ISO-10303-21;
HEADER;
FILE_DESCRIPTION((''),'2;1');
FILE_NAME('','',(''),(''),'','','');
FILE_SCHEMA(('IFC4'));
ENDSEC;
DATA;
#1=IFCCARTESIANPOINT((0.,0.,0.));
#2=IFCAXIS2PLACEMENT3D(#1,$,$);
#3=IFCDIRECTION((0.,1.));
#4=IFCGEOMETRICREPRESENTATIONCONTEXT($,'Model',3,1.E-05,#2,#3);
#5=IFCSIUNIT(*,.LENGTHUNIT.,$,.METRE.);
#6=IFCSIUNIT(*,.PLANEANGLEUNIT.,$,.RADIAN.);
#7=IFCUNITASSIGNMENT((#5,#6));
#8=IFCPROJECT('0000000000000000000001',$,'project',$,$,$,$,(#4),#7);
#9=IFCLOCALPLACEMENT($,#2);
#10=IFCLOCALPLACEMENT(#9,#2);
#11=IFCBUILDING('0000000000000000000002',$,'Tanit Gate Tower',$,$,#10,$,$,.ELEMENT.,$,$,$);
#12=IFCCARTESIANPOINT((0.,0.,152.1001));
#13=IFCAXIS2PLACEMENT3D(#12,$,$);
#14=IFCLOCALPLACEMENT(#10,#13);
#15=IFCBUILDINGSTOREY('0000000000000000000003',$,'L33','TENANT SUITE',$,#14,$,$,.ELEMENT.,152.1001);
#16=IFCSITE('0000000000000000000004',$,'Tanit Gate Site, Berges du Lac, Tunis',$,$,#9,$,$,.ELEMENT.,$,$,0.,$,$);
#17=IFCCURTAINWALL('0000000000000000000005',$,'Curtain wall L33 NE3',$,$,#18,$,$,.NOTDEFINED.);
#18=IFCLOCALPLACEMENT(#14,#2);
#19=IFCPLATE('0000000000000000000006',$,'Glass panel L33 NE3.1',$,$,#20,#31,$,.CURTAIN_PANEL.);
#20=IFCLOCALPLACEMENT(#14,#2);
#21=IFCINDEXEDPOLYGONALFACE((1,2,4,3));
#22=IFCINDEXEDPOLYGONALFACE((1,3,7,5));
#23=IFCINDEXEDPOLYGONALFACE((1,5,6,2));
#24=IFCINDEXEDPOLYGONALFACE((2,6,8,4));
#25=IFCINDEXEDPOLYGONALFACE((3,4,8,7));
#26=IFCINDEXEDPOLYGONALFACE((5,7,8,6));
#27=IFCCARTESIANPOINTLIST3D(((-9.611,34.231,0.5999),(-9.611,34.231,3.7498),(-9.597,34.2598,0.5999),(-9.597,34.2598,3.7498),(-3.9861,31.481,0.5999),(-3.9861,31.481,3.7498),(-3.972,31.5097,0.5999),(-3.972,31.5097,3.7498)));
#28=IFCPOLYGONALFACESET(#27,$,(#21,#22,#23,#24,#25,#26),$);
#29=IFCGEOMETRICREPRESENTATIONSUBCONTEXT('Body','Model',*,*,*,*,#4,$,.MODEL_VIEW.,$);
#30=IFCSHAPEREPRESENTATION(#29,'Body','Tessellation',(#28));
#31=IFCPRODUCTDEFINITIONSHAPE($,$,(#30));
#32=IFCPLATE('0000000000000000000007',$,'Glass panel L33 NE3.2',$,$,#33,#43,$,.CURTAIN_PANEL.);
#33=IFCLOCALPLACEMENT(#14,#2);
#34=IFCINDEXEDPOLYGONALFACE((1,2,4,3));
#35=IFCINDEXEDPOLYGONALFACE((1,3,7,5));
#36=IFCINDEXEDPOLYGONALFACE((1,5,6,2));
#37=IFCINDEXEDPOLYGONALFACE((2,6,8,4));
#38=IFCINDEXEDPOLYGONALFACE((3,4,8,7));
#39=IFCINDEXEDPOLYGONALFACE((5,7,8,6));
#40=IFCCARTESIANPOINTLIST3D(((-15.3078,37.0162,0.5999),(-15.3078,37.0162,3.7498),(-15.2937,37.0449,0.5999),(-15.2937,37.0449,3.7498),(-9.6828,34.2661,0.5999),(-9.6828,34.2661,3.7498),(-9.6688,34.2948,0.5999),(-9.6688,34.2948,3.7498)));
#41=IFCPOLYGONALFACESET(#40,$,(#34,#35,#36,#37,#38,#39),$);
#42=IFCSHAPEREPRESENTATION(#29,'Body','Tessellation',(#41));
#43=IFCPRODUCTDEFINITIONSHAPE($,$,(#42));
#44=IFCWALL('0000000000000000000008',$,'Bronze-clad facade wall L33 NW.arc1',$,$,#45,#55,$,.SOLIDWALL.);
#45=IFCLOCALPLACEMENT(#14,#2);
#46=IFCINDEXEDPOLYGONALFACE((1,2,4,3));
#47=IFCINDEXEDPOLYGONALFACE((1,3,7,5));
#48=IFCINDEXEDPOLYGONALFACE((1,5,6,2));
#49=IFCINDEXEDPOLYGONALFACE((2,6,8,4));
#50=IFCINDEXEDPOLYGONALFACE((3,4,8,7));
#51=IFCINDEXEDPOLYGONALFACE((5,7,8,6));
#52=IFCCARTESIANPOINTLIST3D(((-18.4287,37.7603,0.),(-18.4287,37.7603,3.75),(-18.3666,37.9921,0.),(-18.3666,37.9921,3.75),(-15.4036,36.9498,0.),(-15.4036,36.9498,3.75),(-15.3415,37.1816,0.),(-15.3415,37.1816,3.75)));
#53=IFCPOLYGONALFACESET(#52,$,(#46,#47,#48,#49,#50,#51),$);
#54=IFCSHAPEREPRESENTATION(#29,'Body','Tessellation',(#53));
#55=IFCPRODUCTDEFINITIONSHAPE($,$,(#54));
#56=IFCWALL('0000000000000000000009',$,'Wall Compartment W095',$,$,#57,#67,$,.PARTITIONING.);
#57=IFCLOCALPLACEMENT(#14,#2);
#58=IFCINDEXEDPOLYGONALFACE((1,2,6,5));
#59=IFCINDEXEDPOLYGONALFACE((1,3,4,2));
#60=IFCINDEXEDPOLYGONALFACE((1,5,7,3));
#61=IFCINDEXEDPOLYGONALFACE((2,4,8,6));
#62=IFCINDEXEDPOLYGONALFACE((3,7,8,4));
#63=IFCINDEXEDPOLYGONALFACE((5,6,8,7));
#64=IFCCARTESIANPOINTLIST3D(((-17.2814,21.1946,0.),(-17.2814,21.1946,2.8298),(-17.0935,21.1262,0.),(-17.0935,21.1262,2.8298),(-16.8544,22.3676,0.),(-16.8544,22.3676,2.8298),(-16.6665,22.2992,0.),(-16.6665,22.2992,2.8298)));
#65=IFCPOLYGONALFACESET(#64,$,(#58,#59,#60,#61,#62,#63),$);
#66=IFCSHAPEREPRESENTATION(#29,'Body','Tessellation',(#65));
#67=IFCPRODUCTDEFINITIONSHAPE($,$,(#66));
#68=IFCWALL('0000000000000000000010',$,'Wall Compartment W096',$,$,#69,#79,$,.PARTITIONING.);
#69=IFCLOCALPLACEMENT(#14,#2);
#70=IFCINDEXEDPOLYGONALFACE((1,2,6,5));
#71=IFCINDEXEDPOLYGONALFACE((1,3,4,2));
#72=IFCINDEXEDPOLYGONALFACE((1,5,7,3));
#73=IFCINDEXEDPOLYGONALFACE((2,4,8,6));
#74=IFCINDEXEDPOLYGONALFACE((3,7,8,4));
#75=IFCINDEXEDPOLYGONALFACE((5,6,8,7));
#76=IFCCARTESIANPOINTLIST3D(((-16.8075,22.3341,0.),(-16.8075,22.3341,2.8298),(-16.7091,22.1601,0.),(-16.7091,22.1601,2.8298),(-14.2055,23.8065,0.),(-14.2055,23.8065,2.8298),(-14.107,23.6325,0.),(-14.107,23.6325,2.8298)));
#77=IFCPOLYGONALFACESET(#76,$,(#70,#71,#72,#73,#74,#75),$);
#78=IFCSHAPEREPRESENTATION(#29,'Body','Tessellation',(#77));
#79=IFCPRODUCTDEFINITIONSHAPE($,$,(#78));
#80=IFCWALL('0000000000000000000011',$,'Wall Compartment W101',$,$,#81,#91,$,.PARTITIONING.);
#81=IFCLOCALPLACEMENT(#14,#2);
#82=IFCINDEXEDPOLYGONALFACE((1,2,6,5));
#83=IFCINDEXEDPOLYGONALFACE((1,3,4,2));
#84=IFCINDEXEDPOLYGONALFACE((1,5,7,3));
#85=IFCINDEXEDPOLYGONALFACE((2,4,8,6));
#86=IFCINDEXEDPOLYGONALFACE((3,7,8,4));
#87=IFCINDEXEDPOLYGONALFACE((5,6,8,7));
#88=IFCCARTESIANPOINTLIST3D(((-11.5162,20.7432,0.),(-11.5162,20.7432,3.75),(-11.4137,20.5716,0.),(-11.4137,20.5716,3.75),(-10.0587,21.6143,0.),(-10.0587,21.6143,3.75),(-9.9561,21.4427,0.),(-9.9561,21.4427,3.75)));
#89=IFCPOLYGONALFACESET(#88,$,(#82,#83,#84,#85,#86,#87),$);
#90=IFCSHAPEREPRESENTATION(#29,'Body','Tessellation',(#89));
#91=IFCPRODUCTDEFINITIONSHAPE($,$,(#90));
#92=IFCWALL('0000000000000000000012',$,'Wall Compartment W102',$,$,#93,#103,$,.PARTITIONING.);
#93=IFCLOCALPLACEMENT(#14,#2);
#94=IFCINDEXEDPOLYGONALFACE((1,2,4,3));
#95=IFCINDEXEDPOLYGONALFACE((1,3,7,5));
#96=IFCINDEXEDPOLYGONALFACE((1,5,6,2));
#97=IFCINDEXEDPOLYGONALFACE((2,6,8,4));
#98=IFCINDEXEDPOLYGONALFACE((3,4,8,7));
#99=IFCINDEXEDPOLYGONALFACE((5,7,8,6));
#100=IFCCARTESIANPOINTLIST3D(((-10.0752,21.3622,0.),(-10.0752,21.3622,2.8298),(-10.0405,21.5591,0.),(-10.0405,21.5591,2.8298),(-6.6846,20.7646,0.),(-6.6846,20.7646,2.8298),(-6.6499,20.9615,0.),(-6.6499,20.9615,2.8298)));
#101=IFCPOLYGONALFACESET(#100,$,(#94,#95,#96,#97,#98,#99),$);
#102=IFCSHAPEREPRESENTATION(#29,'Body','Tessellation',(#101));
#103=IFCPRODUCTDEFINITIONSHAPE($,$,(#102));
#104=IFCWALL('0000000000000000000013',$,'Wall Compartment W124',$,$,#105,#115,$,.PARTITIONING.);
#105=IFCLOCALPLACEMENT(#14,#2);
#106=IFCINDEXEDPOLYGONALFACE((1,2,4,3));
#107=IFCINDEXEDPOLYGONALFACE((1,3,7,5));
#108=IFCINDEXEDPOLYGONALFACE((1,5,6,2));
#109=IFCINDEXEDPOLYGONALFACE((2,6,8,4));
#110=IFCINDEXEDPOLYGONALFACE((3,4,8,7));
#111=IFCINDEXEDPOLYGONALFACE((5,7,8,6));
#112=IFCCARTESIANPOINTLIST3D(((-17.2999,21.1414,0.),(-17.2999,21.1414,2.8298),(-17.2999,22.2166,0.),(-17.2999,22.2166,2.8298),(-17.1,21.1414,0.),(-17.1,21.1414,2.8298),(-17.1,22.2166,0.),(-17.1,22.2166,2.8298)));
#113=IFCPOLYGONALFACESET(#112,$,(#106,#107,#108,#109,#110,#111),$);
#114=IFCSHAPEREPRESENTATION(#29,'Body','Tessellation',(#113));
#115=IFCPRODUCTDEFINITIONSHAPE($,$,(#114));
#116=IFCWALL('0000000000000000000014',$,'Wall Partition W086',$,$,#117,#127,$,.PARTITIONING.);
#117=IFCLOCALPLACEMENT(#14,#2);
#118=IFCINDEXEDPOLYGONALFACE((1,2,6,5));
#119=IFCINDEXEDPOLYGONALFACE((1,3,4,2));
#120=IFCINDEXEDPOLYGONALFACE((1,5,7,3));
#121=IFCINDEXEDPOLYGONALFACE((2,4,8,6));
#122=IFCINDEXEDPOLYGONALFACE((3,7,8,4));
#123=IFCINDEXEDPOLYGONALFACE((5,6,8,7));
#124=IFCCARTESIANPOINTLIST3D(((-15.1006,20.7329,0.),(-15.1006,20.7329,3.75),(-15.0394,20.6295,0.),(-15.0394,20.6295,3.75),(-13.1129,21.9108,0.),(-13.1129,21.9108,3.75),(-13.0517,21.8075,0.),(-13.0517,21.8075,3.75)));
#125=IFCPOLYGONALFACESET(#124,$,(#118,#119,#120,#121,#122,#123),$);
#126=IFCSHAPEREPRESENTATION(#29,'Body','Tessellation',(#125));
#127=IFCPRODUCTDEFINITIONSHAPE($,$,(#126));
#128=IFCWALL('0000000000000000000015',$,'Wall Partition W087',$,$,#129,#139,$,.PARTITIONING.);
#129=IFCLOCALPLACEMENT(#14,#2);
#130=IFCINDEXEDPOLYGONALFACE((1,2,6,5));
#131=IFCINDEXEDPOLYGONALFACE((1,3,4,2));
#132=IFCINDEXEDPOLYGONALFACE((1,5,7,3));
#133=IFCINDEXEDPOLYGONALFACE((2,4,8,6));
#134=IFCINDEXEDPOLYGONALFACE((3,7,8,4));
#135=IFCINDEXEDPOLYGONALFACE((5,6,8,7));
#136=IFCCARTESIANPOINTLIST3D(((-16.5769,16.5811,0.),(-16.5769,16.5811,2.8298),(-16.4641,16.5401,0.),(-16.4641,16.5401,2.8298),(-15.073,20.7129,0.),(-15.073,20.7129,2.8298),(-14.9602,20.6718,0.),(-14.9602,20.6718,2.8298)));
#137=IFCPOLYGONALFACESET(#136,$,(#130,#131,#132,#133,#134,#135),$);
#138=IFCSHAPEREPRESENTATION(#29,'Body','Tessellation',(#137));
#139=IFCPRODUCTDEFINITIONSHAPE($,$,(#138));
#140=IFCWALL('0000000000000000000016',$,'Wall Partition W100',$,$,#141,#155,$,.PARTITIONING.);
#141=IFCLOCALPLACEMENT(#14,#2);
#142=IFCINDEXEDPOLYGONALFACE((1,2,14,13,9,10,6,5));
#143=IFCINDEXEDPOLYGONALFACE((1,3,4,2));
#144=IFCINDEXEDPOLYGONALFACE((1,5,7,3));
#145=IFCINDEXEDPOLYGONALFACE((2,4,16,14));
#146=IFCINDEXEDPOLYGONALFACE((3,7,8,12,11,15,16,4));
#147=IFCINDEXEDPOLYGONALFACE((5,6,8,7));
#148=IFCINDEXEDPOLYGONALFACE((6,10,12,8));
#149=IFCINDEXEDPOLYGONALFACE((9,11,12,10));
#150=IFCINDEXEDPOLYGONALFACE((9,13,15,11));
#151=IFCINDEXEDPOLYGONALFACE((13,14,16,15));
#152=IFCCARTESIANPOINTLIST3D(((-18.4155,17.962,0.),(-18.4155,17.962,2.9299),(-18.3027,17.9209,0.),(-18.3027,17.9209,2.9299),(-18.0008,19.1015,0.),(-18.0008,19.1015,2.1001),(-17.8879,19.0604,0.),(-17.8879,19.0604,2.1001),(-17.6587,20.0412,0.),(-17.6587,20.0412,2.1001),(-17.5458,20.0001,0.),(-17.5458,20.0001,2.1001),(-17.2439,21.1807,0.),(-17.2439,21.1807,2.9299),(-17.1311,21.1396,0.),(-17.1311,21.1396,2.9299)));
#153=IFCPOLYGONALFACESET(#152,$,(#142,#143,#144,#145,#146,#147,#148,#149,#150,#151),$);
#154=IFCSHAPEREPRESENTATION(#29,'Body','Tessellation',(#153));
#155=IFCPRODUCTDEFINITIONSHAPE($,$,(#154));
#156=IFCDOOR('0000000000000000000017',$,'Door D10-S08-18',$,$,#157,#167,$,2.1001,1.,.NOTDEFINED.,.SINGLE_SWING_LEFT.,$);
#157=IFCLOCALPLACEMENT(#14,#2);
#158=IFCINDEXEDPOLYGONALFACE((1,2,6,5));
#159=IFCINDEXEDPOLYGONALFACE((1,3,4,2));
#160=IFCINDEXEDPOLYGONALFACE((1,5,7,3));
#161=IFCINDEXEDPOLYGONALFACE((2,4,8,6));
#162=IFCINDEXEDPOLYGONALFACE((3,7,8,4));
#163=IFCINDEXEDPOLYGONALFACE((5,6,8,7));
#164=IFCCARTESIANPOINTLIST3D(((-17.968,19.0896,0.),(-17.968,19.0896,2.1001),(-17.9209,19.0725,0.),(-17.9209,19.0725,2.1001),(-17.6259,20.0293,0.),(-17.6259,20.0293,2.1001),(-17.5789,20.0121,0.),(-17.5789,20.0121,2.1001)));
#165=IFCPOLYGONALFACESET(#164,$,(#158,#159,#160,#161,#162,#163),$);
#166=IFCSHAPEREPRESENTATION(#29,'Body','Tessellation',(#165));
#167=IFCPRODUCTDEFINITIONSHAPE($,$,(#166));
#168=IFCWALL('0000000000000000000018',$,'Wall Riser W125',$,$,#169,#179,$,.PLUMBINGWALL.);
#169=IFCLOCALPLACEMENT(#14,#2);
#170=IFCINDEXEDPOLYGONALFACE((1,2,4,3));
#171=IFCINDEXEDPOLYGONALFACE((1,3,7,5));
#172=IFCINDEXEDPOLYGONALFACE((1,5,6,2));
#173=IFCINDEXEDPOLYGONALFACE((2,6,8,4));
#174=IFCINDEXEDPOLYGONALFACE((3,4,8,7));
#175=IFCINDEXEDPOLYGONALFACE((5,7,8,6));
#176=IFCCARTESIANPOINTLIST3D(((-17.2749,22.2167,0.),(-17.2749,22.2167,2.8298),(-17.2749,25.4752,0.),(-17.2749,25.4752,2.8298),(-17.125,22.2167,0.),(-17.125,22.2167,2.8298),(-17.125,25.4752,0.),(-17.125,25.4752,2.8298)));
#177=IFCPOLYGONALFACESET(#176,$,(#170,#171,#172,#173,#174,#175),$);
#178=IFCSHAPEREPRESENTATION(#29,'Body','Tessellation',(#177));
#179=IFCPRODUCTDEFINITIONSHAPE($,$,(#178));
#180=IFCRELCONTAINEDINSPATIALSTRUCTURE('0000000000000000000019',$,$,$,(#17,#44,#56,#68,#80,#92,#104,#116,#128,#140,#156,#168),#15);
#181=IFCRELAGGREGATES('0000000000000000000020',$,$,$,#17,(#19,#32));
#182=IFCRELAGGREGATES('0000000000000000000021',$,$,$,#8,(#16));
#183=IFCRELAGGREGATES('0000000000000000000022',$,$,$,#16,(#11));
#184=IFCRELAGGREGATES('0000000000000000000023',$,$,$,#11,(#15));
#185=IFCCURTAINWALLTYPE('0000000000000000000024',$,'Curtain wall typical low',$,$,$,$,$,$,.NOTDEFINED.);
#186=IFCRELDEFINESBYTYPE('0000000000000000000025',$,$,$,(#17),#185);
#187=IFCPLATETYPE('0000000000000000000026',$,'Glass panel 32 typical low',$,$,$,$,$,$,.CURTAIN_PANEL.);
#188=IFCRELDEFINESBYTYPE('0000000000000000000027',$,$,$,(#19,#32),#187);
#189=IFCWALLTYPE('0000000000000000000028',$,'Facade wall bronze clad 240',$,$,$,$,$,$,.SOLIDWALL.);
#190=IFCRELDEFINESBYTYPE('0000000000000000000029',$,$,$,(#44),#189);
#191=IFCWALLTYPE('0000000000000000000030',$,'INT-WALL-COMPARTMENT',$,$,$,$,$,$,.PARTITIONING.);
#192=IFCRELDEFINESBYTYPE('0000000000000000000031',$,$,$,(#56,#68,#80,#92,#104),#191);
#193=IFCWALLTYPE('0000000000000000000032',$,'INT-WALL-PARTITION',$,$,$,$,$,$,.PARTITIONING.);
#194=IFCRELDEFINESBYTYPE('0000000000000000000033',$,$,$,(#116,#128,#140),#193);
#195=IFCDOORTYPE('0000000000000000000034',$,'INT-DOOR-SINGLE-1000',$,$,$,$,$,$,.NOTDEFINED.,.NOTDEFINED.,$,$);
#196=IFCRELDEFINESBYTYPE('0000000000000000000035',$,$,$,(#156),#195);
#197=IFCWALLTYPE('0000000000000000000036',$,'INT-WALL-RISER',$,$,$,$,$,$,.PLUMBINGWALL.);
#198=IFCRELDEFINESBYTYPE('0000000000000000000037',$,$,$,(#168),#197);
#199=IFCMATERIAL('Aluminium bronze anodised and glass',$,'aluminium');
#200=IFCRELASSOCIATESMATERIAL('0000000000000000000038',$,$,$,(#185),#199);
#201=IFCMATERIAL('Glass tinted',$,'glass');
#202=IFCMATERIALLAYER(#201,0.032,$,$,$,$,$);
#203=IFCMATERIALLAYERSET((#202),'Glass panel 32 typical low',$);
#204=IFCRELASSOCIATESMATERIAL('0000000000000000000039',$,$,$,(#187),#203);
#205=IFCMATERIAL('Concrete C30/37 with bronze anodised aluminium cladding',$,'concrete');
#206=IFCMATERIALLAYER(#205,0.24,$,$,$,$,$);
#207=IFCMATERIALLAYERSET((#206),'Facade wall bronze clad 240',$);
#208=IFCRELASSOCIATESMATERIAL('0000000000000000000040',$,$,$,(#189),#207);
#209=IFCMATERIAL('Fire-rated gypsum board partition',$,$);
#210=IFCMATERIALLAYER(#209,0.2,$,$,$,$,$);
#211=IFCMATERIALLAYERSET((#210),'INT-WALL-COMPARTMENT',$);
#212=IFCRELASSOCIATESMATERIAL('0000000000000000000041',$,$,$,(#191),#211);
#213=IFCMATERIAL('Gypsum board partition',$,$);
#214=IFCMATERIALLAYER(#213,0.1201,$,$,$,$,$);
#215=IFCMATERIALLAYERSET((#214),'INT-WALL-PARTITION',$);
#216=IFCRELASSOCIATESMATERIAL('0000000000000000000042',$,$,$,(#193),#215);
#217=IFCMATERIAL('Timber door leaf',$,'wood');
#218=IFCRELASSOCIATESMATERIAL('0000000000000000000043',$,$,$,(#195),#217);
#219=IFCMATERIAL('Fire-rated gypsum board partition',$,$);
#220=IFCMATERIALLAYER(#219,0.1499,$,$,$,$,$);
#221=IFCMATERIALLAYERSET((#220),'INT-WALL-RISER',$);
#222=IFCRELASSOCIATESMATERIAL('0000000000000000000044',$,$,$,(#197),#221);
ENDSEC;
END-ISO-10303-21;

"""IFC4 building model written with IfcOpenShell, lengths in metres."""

from ifc_helpers import new_model, si_unit, direction, frame, frame_2d, origin, origin_2d, place, context, subcontext, project, spatial, rectangle, extrude, material, layer, layer_set, type_object, element, fill, aggregate, save


model = new_model("IFC4")

# Units and contexts
model_context = context("Model", 3, precision=1e-05, world=origin(), true_north=direction((0.0, 1.0)))
body_context = subcontext(model_context, "Body", "Model", "MODEL_VIEW")
ifc_project = project(units=[si_unit("LENGTHUNIT", "METRE"), si_unit("PLANEANGLEUNIT", "RADIAN")], contexts=[model_context])

# Site, building, storey
site_placement = place(None, origin())
site = spatial("IfcSite", under=ifc_project, at=site_placement, Name="Tanit Gate Site, Berges du Lac, Tunis", CompositionType="ELEMENT", RefElevation=0.0)
building_placement = place(site_placement, origin())
building = spatial("IfcBuilding", under=site, at=building_placement, Name="Tanit Gate Tower", CompositionType="ELEMENT")
storey_placement = place(building_placement, frame((0.0, 0.0, 152.1001)))
storey = spatial("IfcBuildingStorey", under=building, at=storey_placement, Name="L33", Description="TENANT SUITE", CompositionType="ELEMENT", Elevation=152.1001)

# Curtain wall
ifc_material_1 = material(Name="Aluminium bronze anodised and glass", Category="aluminium")
curtain_wall_type = type_object("IfcCurtainWallType", Name="Curtain wall typical low", PredefinedType="NOTDEFINED", material=ifc_material_1)
curtain_wall_placement = place(storey_placement, origin())
curtain_wall = element("IfcCurtainWall", 1, at=curtain_wall_placement, inside=storey, type_object=curtain_wall_type, Name="Curtain wall L33 NE3", PredefinedType="NOTDEFINED")

# Plates
ifc_material_2 = material(Name="Glass tinted", Category="glass")
ifc_layer_1 = layer(ifc_material_2, 0.032)
ifc_layer_set_1 = layer_set([ifc_layer_1], Name="Glass panel 32 typical low")
plate_type = type_object("IfcPlateType", Name="Glass panel 32 typical low", PredefinedType="CURTAIN_PANEL", material=ifc_layer_set_1)
plate_1_placement = place(storey_placement, frame((-6.7915, 32.8704, 0.5999), z_axis=(0.0, 0.0, 1.0), x_axis=(-0.898379, 0.439222, 0.0)))
plate_1 = element("IfcPlate", 2, at=plate_1_placement, type_object=plate_type, Name="Glass panel L33 NE3.1", PredefinedType="CURTAIN_PANEL", context=body_context, shape_type="SweptSolid", body=[
    extrude(rectangle(XDim=6.2612, YDim=0.032, at=origin_2d()), origin(), (0.0, 0.0, 1.0), 3.1499),
])
plate_2_placement = place(storey_placement, frame((-12.4883, 35.6555, 0.5999), z_axis=(0.0, 0.0, 1.0), x_axis=(-0.898379, 0.439222, 0.0)))
plate_2 = element("IfcPlate", 3, at=plate_2_placement, type_object=plate_type, Name="Glass panel L33 NE3.2", PredefinedType="CURTAIN_PANEL", context=body_context, shape_type="SweptSolid", body=[
    extrude(rectangle(XDim=6.2612, YDim=0.032, at=origin_2d()), origin(), (0.0, 0.0, 1.0), 3.1499),
])
aggregate(curtain_wall, [plate_1, plate_2])

# Walls
ifc_material_3 = material(Name="Concrete C30/37 with bronze anodised aluminium cladding", Category="concrete")
ifc_layer_2 = layer(ifc_material_3, 0.24)
ifc_layer_set_2 = layer_set([ifc_layer_2], Name="Facade wall bronze clad 240")
wall_type_1 = type_object("IfcWallType", Name="Facade wall bronze clad 240", PredefinedType="SOLIDWALL", material=ifc_layer_set_2)
wall_1_placement = place(storey_placement, frame((-15.3726, 37.0657, 0.0), z_axis=(0.0, 0.0, 1.0), x_axis=(-0.965929, 0.258808, 0.0)))
element("IfcWall", 4, at=wall_1_placement, inside=storey, type_object=wall_type_1, Name="Bronze-clad facade wall L33 NW.arc1", PredefinedType="SOLIDWALL", context=body_context, shape_type="SweptSolid", body=[
    extrude(rectangle(XDim=3.1318, YDim=0.24, at=frame_2d((1.5659, 0.0))), origin(), (0.0, 0.0, 1.0), 3.75),
])
ifc_material_4 = material(Name="Fire-rated gypsum board partition")
ifc_layer_3 = layer(ifc_material_4, 0.2)
ifc_layer_set_3 = layer_set([ifc_layer_3], Name="INT-WALL-COMPARTMENT")
wall_type_2 = type_object("IfcWallType", Name="INT-WALL-COMPARTMENT", PredefinedType="PARTITIONING", material=ifc_layer_set_3)
wall_2_placement = place(storey_placement, frame((-16.7605, 22.3333, 0.0), z_axis=(0.0, 0.0, 1.0), x_axis=(-0.342041, -0.939685, 0.0)))
element("IfcWall", 5, at=wall_2_placement, inside=storey, type_object=wall_type_2, Name="Wall Compartment W095", PredefinedType="PARTITIONING", context=body_context, shape_type="SweptSolid", body=[
    extrude(rectangle(XDim=1.2483, YDim=0.2, at=frame_2d((0.624, 0.0))), origin(), (0.0, 0.0, 1.0), 2.8298),
])
wall_3_placement = place(storey_placement, frame((-14.1562, 23.7195, 0.0), z_axis=(0.0, 0.0, 1.0), x_axis=(-0.870321, -0.492485, 0.0)))
element("IfcWall", 6, at=wall_3_placement, inside=storey, type_object=wall_type_2, Name="Wall Compartment W096", PredefinedType="PARTITIONING", context=body_context, shape_type="SweptSolid", body=[
    extrude(rectangle(XDim=2.9897, YDim=0.2, at=frame_2d((1.4949, 0.0))), origin(), (0.0, 0.0, 1.0), 2.8298),
])
wall_4_placement = place(storey_placement, frame((-10.0073, 21.5286, 0.0), z_axis=(0.0, 0.0, 1.0), x_axis=(-0.85838, -0.513015, 0.0)))
element("IfcWall", 7, at=wall_4_placement, inside=storey, type_object=wall_type_2, Name="Wall Compartment W101", PredefinedType="PARTITIONING", context=body_context, shape_type="SweptSolid", body=[
    extrude(rectangle(XDim=1.698, YDim=0.2, at=frame_2d((0.8491, 0.0))), origin(), (0.0, 0.0, 1.0), 3.75),
])
wall_5_placement = place(storey_placement, frame((-6.6672, 20.863, 0.0), z_axis=(0.0, 0.0, 1.0), x_axis=(-0.984818, 0.173591, 0.0)))
element("IfcWall", 8, at=wall_5_placement, inside=storey, type_object=wall_type_2, Name="Wall Compartment W102", PredefinedType="PARTITIONING", context=body_context, shape_type="SweptSolid", body=[
    extrude(rectangle(XDim=3.4429, YDim=0.2, at=frame_2d((1.7214, 0.0))), origin(), (0.0, 0.0, 1.0), 2.8298),
])
wall_6_placement = place(storey_placement, frame((-17.2, 21.1414, 0.0), z_axis=(0.0, 0.0, 1.0), x_axis=(0.0, 1.0, 0.0)))
element("IfcWall", 9, at=wall_6_placement, inside=storey, type_object=wall_type_2, Name="Wall Compartment W124", PredefinedType="PARTITIONING", context=body_context, shape_type="SweptSolid", body=[
    extrude(rectangle(XDim=1.0752, YDim=0.2, at=frame_2d((0.5376, 0.0))), origin(), (0.0, 0.0, 1.0), 2.8298),
])
ifc_material_5 = material(Name="Gypsum board partition")
ifc_layer_4 = layer(ifc_material_5, 0.1201)
ifc_layer_set_4 = layer_set([ifc_layer_4], Name="INT-WALL-PARTITION")
wall_type_3 = type_object("IfcWallType", Name="INT-WALL-PARTITION", PredefinedType="PARTITIONING", material=ifc_layer_set_4)
wall_7_placement = place(storey_placement, frame((-13.0823, 21.8591, 0.0), z_axis=(0.0, 0.0, 1.0), x_axis=(-0.860286, -0.509811, 0.0)))
element("IfcWall", 10, at=wall_7_placement, inside=storey, type_object=wall_type_3, Name="Wall Partition W086", PredefinedType="PARTITIONING", context=body_context, shape_type="SweptSolid", body=[
    extrude(rectangle(XDim=2.3105, YDim=0.1201, at=frame_2d((1.1553, 0.0))), origin(), (0.0, 0.0, 1.0), 3.75),
])
wall_8_placement = place(storey_placement, frame((-15.0166, 20.6924, 0.0), z_axis=(0.0, 0.0, 1.0), x_axis=(-0.342028, -0.93969, 0.0)))
element("IfcWall", 11, at=wall_8_placement, inside=storey, type_object=wall_type_3, Name="Wall Partition W087", PredefinedType="PARTITIONING", context=body_context, shape_type="SweptSolid", body=[
    extrude(rectangle(XDim=4.397, YDim=0.1201, at=frame_2d((2.1985, 0.0))), origin(), (0.0, 0.0, 1.0), 2.8298),
])

# Wall, opening, door
wall_9_placement = place(storey_placement, frame((-17.1875, 21.1602, 0.0), z_axis=(0.0, 0.0, 1.0), x_axis=(-0.342046, -0.939683, 0.0)))
wall_9 = element("IfcWall", 12, at=wall_9_placement, inside=storey, type_object=wall_type_3, Name="Wall Partition W100", PredefinedType="PARTITIONING", context=body_context, shape_type="SweptSolid", body=[
    extrude(rectangle(XDim=3.4253, YDim=0.1201, at=frame_2d((1.7126, 0.0))), origin(), (0.0, 0.0, 1.0), 2.9299),
])
opening_1_placement = place(wall_9_placement, frame((1.2126, 0.0, 0.0)))
opening_1 = element("IfcOpeningElement", 13, at=opening_1_placement, cuts=wall_9, PredefinedType="OPENING", context=body_context, shape_type="SweptSolid", body=[
    extrude(rectangle(XDim=1.0, YDim=2.1001, at=frame_2d((0.5, 1.05))), frame((0.0, 0.0701, 0.0), z_axis=(0.0, -1.0, 0.0), x_axis=(1.0, 0.0, 0.0)), (0.0, 0.0, 1.0), 0.1401),
])
ifc_material_6 = material(Name="Timber door leaf", Category="wood")
door_type_1 = type_object("IfcDoorType", Name="INT-DOOR-SINGLE-1000", OperationType="NOTDEFINED", PredefinedType="NOTDEFINED", material=ifc_material_6)
door_1_placement = place(opening_1_placement, origin())
door_1 = element("IfcDoor", 14, at=door_1_placement, inside=storey, type_object=door_type_1, Name="Door D10-S08-18", OperationType="SINGLE_SWING_LEFT", OverallHeight=2.1001, OverallWidth=1.0, PredefinedType="NOTDEFINED", context=body_context, shape_type="SweptSolid", body=[
    extrude(rectangle(XDim=1.0, YDim=2.1001, at=frame_2d((0.5, 1.05))), frame((0.0, 0.0249, 0.0), z_axis=(0.0, -1.0, 0.0), x_axis=(1.0, 0.0, 0.0)), (0.0, 0.0, 1.0), 0.05),
])
fill(opening_1, door_1)

# Wall
ifc_material_7 = material(Name="Fire-rated gypsum board partition")
ifc_layer_5 = layer(ifc_material_7, 0.1499)
ifc_layer_set_5 = layer_set([ifc_layer_5], Name="INT-WALL-RISER")
wall_type_4 = type_object("IfcWallType", Name="INT-WALL-RISER", PredefinedType="PLUMBINGWALL", material=ifc_layer_set_5)
wall_10_placement = place(storey_placement, frame((-17.2, 22.2166, 0.0), z_axis=(0.0, 0.0, 1.0), x_axis=(0.0, 1.0, 0.0)))
element("IfcWall", 15, at=wall_10_placement, inside=storey, type_object=wall_type_4, Name="Wall Riser W125", PredefinedType="PLUMBINGWALL", context=body_context, shape_type="SweptSolid", body=[
    extrude(rectangle(XDim=3.2585, YDim=0.1499, at=frame_2d((1.6294, 0.0))), origin(), (0.0, 0.0, 1.0), 2.8298),
])

save(model, "model.ifc")
